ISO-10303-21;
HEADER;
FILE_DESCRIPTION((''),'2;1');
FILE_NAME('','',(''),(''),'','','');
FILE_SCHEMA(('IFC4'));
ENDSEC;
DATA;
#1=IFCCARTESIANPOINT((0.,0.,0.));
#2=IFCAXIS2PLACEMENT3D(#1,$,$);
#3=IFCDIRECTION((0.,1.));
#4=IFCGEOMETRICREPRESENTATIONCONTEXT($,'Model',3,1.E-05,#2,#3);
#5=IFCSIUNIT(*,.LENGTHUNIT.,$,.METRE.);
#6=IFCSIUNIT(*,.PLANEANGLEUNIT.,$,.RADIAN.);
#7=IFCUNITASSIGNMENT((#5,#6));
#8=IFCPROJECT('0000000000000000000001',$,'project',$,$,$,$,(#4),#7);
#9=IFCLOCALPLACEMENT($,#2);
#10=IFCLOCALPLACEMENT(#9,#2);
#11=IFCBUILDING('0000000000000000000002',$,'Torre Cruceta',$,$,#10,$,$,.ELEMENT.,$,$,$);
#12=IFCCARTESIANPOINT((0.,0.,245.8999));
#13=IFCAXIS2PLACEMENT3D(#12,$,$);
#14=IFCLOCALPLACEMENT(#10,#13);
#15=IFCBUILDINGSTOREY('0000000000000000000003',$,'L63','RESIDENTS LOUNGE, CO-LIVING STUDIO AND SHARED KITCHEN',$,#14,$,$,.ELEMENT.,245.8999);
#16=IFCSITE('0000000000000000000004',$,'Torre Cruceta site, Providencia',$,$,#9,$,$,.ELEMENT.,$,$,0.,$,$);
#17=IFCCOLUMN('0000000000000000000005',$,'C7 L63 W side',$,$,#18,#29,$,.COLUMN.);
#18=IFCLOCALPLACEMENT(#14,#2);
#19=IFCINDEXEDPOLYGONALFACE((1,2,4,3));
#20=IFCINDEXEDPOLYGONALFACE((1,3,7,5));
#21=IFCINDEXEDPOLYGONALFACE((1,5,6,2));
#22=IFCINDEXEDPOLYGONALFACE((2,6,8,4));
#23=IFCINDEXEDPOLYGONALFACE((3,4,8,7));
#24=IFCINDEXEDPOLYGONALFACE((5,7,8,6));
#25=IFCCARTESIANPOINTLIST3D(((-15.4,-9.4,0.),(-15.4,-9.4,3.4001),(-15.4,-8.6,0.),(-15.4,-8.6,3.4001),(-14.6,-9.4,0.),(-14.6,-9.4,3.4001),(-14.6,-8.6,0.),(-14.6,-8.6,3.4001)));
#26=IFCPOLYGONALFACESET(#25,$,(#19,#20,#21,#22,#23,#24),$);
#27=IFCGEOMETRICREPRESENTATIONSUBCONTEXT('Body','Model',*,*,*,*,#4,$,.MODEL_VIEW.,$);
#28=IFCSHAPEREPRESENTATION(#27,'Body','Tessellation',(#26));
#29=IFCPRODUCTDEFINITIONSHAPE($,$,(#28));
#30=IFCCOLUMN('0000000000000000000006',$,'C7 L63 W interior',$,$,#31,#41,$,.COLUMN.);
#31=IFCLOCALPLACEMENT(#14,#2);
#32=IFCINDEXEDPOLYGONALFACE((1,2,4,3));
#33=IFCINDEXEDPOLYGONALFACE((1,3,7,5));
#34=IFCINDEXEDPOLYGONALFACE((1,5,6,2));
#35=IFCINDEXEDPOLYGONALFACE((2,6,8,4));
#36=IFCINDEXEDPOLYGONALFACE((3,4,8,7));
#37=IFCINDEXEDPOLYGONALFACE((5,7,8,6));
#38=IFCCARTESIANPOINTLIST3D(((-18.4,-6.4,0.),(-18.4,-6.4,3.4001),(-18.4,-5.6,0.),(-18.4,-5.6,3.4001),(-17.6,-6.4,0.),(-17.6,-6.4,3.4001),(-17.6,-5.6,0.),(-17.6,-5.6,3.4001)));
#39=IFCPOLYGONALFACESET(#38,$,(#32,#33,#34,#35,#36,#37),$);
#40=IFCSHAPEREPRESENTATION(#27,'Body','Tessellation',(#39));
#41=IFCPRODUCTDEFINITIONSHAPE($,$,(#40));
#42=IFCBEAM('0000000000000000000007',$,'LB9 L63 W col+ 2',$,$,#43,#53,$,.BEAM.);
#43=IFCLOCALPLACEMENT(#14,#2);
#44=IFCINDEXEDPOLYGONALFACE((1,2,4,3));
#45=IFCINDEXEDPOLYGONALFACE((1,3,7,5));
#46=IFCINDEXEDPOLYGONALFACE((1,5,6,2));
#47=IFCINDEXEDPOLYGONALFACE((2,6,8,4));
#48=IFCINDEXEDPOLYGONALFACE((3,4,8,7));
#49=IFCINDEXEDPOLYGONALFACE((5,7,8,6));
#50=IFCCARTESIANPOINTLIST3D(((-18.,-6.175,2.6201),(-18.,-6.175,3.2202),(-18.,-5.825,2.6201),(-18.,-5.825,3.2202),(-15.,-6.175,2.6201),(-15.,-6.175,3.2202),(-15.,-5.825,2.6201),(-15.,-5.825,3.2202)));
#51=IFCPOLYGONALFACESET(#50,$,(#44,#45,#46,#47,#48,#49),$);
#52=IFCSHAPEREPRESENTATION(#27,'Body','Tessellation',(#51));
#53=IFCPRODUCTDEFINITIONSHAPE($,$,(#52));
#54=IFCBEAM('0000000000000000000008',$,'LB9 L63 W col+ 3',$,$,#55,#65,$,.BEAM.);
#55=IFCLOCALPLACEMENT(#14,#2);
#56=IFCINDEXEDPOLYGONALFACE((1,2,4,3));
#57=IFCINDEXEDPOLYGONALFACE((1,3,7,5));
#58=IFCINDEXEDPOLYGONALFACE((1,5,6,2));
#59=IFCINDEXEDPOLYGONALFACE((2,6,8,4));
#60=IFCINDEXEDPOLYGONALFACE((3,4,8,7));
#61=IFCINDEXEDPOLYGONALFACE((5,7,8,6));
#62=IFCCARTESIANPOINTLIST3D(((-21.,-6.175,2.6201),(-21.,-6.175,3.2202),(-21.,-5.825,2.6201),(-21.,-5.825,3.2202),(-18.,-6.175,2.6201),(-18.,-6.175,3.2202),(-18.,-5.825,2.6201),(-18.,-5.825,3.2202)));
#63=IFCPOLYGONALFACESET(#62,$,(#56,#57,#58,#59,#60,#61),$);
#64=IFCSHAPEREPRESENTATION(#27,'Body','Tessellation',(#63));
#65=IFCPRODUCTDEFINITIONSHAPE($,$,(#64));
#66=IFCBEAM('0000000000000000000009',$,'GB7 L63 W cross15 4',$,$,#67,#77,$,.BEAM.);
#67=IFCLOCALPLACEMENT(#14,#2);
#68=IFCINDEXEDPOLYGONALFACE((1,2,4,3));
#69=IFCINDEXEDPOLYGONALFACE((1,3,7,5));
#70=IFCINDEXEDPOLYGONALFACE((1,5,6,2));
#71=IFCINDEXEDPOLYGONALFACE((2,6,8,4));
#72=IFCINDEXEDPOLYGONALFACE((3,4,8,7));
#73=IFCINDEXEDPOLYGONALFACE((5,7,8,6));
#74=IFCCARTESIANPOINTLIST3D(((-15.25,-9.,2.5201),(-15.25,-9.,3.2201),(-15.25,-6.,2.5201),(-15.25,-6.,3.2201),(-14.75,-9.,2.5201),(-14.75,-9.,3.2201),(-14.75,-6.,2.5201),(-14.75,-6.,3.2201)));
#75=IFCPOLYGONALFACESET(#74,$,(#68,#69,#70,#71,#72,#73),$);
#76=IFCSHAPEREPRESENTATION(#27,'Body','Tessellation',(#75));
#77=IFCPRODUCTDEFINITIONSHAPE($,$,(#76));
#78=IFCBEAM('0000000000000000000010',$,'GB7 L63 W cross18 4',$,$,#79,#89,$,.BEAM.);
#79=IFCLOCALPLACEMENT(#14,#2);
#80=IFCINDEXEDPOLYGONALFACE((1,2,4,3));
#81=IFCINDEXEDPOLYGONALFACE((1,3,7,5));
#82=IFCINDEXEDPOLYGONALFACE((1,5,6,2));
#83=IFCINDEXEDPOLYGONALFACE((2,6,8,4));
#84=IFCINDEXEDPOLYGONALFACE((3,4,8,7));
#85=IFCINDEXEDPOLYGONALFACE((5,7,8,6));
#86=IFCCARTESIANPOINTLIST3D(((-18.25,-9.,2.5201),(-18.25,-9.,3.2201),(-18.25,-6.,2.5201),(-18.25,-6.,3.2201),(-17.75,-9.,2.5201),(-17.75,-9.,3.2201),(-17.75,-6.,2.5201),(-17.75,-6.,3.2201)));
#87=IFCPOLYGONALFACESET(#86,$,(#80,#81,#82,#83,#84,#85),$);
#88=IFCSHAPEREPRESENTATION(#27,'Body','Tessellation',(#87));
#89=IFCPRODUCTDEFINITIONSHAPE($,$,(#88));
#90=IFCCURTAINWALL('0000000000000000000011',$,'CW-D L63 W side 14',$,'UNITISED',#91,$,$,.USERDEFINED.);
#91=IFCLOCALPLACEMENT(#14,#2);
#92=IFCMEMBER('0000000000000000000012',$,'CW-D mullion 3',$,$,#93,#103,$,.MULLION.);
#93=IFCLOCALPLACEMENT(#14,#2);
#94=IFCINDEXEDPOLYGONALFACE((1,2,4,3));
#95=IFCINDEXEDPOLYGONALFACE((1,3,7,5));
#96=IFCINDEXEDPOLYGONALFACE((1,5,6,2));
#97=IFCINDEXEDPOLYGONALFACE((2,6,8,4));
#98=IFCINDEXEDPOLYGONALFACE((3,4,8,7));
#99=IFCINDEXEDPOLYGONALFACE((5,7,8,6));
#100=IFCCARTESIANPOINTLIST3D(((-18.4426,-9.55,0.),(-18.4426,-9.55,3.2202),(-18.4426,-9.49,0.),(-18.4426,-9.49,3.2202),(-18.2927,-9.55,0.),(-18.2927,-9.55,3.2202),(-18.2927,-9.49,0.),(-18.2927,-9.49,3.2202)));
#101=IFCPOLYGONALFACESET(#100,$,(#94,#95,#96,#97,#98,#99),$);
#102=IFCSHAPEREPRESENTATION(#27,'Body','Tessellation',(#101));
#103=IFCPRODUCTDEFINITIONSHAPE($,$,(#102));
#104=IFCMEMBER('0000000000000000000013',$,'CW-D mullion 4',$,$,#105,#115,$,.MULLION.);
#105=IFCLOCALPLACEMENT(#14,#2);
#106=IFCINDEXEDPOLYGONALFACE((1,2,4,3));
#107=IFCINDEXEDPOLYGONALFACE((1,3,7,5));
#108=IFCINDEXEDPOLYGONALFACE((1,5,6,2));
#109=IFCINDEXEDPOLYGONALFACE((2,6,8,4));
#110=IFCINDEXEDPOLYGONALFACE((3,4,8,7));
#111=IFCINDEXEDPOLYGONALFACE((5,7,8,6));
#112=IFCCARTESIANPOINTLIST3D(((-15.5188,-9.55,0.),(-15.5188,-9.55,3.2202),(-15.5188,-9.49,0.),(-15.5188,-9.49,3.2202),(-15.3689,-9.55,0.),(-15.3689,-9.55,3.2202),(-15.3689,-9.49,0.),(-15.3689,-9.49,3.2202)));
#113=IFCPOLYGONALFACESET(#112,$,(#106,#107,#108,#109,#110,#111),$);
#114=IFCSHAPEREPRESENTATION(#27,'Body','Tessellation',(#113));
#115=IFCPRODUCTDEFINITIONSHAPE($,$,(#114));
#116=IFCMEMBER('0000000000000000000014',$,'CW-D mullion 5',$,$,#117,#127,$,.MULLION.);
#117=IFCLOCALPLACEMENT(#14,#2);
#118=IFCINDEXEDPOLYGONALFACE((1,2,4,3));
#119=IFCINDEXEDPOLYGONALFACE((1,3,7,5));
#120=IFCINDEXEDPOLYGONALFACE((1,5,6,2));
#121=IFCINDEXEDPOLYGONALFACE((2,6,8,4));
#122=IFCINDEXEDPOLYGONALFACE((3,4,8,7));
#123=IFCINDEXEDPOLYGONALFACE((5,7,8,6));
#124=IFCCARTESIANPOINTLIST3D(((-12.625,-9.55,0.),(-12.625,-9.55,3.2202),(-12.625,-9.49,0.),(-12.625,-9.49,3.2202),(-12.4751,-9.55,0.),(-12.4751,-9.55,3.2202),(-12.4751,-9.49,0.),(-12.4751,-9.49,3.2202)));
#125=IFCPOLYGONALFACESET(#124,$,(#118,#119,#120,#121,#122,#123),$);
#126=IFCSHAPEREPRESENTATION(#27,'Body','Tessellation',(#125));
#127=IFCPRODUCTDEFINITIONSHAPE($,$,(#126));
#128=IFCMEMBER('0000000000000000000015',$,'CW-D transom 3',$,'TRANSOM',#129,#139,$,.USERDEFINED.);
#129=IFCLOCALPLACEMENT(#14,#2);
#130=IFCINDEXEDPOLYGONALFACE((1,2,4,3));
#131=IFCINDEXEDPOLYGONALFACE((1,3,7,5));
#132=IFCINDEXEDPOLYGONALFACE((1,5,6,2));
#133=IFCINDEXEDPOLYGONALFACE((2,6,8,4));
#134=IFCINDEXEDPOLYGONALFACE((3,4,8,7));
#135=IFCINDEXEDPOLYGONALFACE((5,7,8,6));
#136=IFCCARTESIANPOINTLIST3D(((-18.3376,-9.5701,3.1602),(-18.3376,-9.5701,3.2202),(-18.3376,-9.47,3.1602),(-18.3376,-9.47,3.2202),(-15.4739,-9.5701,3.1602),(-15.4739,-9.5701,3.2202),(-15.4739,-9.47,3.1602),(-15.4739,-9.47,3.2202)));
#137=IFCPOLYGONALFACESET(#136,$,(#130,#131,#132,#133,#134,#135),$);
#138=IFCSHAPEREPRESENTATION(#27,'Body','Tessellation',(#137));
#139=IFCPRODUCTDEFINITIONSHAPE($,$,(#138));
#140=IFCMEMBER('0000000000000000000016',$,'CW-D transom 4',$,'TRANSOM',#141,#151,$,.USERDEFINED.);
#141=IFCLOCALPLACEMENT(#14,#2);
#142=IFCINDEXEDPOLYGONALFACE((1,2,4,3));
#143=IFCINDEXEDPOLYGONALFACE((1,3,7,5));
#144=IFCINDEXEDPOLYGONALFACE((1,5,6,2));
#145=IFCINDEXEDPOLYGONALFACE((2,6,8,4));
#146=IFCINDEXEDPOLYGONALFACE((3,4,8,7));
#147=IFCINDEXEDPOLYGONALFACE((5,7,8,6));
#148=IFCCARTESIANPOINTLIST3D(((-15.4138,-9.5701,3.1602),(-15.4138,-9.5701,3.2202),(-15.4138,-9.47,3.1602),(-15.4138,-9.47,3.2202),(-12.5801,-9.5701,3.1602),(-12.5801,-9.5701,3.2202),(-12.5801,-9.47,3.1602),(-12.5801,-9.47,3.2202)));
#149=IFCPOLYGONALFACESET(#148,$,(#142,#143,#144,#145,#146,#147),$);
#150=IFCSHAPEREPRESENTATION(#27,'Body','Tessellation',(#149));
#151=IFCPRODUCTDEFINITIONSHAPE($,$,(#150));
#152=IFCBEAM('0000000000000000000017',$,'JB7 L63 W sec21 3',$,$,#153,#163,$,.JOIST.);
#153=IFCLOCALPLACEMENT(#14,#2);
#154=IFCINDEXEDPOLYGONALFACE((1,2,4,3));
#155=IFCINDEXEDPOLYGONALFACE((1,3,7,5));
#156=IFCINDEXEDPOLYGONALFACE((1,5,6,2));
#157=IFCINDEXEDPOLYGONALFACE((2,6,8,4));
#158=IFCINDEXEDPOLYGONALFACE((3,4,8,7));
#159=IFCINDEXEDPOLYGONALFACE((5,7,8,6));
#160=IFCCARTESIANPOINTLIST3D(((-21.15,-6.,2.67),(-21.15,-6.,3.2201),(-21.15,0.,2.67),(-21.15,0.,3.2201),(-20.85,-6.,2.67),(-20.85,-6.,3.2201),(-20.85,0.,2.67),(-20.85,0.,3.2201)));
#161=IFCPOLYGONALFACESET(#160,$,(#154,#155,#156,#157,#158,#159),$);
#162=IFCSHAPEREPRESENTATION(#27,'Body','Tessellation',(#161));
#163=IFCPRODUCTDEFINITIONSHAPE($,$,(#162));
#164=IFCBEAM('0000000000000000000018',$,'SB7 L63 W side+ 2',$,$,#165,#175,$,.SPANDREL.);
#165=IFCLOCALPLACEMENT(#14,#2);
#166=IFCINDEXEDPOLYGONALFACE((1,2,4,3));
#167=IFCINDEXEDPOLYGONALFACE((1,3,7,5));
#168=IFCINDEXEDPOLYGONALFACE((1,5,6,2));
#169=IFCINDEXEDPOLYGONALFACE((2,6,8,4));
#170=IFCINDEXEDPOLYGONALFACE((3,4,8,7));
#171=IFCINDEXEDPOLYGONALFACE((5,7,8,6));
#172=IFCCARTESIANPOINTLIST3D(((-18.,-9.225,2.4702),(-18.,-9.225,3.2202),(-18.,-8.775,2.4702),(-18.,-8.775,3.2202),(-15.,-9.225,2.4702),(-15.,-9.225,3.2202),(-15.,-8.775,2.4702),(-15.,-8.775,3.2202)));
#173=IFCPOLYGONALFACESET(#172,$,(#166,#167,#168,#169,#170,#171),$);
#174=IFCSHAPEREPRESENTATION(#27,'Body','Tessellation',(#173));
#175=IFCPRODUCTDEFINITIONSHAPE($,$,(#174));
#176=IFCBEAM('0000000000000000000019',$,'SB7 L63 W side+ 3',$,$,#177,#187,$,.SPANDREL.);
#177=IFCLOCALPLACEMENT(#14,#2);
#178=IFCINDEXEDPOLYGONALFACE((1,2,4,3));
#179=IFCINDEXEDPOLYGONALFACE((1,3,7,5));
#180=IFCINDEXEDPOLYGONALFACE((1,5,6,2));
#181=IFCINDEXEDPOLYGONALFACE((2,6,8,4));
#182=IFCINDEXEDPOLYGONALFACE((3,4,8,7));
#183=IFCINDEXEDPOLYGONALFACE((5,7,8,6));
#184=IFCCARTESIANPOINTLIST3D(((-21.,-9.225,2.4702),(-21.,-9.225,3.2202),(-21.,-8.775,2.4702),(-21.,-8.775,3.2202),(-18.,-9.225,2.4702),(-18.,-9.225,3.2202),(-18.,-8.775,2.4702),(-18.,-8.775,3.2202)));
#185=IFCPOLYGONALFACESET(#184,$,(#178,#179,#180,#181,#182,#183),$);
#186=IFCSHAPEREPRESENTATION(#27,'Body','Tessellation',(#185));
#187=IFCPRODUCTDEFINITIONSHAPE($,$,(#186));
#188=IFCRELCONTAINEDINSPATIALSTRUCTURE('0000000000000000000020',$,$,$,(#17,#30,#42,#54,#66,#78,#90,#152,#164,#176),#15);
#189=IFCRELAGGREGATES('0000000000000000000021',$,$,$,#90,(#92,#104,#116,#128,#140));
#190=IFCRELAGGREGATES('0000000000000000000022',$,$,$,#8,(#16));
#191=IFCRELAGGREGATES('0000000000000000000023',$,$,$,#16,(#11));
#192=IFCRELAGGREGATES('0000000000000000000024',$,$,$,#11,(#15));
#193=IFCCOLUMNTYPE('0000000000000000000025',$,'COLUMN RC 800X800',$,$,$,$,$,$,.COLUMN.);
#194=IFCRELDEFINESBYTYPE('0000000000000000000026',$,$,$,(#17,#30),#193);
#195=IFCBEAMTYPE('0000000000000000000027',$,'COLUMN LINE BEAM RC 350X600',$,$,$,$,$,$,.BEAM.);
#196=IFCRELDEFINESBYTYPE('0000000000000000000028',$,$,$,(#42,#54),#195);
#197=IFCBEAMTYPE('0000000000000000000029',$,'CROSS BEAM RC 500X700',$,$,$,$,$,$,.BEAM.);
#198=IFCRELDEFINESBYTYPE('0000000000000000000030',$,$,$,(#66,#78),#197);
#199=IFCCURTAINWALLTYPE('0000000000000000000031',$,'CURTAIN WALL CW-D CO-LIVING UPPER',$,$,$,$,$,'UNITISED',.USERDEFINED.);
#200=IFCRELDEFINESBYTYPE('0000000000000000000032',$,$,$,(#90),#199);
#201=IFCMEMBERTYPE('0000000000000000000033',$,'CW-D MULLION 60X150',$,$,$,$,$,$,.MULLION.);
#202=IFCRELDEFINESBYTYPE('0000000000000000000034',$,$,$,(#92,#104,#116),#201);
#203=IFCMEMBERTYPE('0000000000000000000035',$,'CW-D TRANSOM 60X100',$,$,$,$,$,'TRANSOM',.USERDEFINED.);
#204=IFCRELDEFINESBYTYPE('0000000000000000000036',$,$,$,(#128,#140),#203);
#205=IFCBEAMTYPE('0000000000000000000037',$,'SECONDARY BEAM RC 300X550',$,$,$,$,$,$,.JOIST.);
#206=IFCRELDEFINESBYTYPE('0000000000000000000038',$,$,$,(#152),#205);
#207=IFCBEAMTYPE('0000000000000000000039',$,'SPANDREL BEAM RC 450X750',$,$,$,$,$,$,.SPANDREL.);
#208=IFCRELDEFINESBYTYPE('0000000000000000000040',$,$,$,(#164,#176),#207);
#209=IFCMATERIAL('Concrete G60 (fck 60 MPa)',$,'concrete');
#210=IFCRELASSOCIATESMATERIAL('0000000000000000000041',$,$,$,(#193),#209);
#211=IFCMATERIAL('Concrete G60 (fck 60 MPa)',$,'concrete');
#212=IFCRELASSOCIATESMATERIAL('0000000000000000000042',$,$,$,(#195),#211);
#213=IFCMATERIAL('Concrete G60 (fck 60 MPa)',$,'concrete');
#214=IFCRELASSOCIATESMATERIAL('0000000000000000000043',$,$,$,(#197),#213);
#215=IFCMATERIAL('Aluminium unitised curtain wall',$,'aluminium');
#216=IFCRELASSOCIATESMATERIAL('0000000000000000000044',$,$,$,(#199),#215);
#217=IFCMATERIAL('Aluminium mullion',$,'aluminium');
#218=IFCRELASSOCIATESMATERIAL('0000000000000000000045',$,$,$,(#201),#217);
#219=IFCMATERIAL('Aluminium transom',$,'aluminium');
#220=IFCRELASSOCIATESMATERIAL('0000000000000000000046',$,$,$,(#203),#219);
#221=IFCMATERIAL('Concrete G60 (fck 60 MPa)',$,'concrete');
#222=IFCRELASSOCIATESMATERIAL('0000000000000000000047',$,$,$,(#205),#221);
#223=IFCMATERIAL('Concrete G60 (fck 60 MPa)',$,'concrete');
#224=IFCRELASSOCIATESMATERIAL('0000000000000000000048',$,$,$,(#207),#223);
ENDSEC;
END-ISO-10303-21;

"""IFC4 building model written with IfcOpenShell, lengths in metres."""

from ifc_helpers import new_model, si_unit, direction, frame, origin, origin_2d, place, context, subcontext, project, spatial, rectangle, extrude, material, material_profile, profile_set, type_object, element, aggregate, save


model = new_model("IFC4")

# Units and contexts
model_context = context("Model", 3, precision=1e-05, world=origin(), true_north=direction((0.0, 1.0)))
body_context = subcontext(model_context, "Body", "Model", "MODEL_VIEW")
ifc_project = project(units=[si_unit("LENGTHUNIT", "METRE"), si_unit("PLANEANGLEUNIT", "RADIAN")], contexts=[model_context])

# Site, building, storey
site_placement = place(None, origin())
site = spatial("IfcSite", under=ifc_project, at=site_placement, Name="Torre Cruceta site, Providencia", CompositionType="ELEMENT", RefElevation=0.0)
building_placement = place(site_placement, origin())
building = spatial("IfcBuilding", under=site, at=building_placement, Name="Torre Cruceta", CompositionType="ELEMENT")
storey_placement = place(building_placement, frame((0.0, 0.0, 245.8999)))
storey = spatial("IfcBuildingStorey", under=building, at=storey_placement, Name="L63", Description="RESIDENTS LOUNGE, CO-LIVING STUDIO AND SHARED KITCHEN", CompositionType="ELEMENT", Elevation=245.8999)

# Columns
ifc_material_1 = material(Name="Concrete G60 (fck 60 MPa)", Category="concrete")
ifc_material_profile_1 = material_profile(ifc_material_1, rectangle(XDim=0.8, YDim=0.8, at=origin_2d()), Name="RC 800X800")
ifc_profile_set_1 = profile_set([ifc_material_profile_1], Name="Concrete G60 (fck 60 MPa)")
column_type = type_object("IfcColumnType", Name="COLUMN RC 800X800", PredefinedType="COLUMN", material=ifc_profile_set_1)
for number, where, z_axis, x_axis, name in (
    (1, (-15.0, -9.0, 0.0), (0.0, 0.0, 1.0), (1.0, 0.0, 0.0), "C7 L63 W side"),
    (2, (-18.0, -6.0, 0.0), (0.0, 0.0, 1.0), (1.0, 0.0, 0.0), "C7 L63 W interior"),
):
    element("IfcColumn", number, at=place(storey_placement, frame(where, z_axis=z_axis, x_axis=x_axis)), inside=storey, type_object=column_type, Name=name, PredefinedType="COLUMN", context=body_context, shape_type="SweptSolid", body=[
        extrude(rectangle(XDim=0.8, YDim=0.8, at=origin_2d()), origin(), (0.0, 0.0, 1.0), 3.4001),
    ])

# Beams
ifc_material_2 = material(Name="Concrete G60 (fck 60 MPa)", Category="concrete")
ifc_material_profile_2 = material_profile(ifc_material_2, rectangle(XDim=0.3501, YDim=0.6001, at=origin_2d()), Name="RC 350X600")
ifc_profile_set_2 = profile_set([ifc_material_profile_2], Name="Concrete G60 (fck 60 MPa)")
beam_type_1 = type_object("IfcBeamType", Name="COLUMN LINE BEAM RC 350X600", PredefinedType="BEAM", material=ifc_profile_set_2)
for number, where, z_axis, x_axis, name in (
    (3, (-15.0, -6.0, 2.9202), (-1.0, 0.0, 0.0), (0.0, -1.0, 0.0), "LB9 L63 W col+ 2"),
    (4, (-18.0, -6.0, 2.9202), (-1.0, 0.0, 0.0), (0.0, -1.0, 0.0), "LB9 L63 W col+ 3"),
):
    element("IfcBeam", number, at=place(storey_placement, frame(where, z_axis=z_axis, x_axis=x_axis)), inside=storey, type_object=beam_type_1, Name=name, PredefinedType="BEAM", context=body_context, shape_type="SweptSolid", body=[
        extrude(rectangle(XDim=0.3501, YDim=0.6001, at=origin_2d()), origin(), (0.0, 0.0, 1.0), 3.0),
    ])
ifc_material_3 = material(Name="Concrete G60 (fck 60 MPa)", Category="concrete")
ifc_material_profile_3 = material_profile(ifc_material_3, rectangle(XDim=0.5, YDim=0.7, at=origin_2d()), Name="RC 500X700")
ifc_profile_set_3 = profile_set([ifc_material_profile_3], Name="Concrete G60 (fck 60 MPa)")
beam_type_2 = type_object("IfcBeamType", Name="CROSS BEAM RC 500X700", PredefinedType="BEAM", material=ifc_profile_set_3)
for number, where, z_axis, x_axis, name in (
    (5, (-15.0, -6.0, 2.8701), (0.0, -1.0, 0.0), (1.0, 0.0, 0.0), "GB7 L63 W cross15 4"),
    (6, (-18.0, -6.0, 2.8701), (0.0, -1.0, 0.0), (1.0, 0.0, 0.0), "GB7 L63 W cross18 4"),
):
    element("IfcBeam", number, at=place(storey_placement, frame(where, z_axis=z_axis, x_axis=x_axis)), inside=storey, type_object=beam_type_2, Name=name, PredefinedType="BEAM", context=body_context, shape_type="SweptSolid", body=[
        extrude(rectangle(XDim=0.5, YDim=0.7, at=origin_2d()), origin(), (0.0, 0.0, 1.0), 3.0),
    ])

# Curtain wall, members
ifc_material_4 = material(Name="Aluminium unitised curtain wall", Category="aluminium")
curtain_wall_type = type_object("IfcCurtainWallType", Name="CURTAIN WALL CW-D CO-LIVING UPPER", ElementType="UNITISED", PredefinedType="USERDEFINED", material=ifc_material_4)
curtain_wall_placement = place(storey_placement, origin())
curtain_wall = element("IfcCurtainWall", 7, at=curtain_wall_placement, inside=storey, type_object=curtain_wall_type, Name="CW-D L63 W side 14", ObjectType="UNITISED", PredefinedType="USERDEFINED")
ifc_material_5 = material(Name="Aluminium mullion", Category="aluminium")
ifc_material_profile_4 = material_profile(ifc_material_5, rectangle(XDim=0.0601, YDim=0.1499, at=origin_2d()), Name="AL 60X150")
ifc_profile_set_4 = profile_set([ifc_material_profile_4], Name="Aluminium mullion")
member_type_1 = type_object("IfcMemberType", Name="CW-D MULLION 60X150", PredefinedType="MULLION", material=ifc_profile_set_4)
member_1_placement = place(storey_placement, frame((-18.3677, -9.52, 0.0), z_axis=(0.0, 0.0, 1.0), x_axis=(0.0, 1.0, 0.0)))
member_1 = element("IfcMember", 8, at=member_1_placement, type_object=member_type_1, Name="CW-D mullion 3", PredefinedType="MULLION", context=body_context, shape_type="SweptSolid", body=[
    extrude(rectangle(XDim=0.0601, YDim=0.1499, at=origin_2d()), origin(), (0.0, 0.0, 1.0), 3.2202),
])
member_2_placement = place(storey_placement, frame((-15.4438, -9.52, 0.0), z_axis=(0.0, 0.0, 1.0), x_axis=(0.0, 1.0, 0.0)))
member_2 = element("IfcMember", 9, at=member_2_placement, type_object=member_type_1, Name="CW-D mullion 4", PredefinedType="MULLION", context=body_context, shape_type="SweptSolid", body=[
    extrude(rectangle(XDim=0.0601, YDim=0.1499, at=origin_2d()), origin(), (0.0, 0.0, 1.0), 3.2202),
])
member_3_placement = place(storey_placement, frame((-12.55, -9.52, 0.0), z_axis=(0.0, 0.0, 1.0), x_axis=(0.0, 1.0, 0.0)))
member_3 = element("IfcMember", 10, at=member_3_placement, type_object=member_type_1, Name="CW-D mullion 5", PredefinedType="MULLION", context=body_context, shape_type="SweptSolid", body=[
    extrude(rectangle(XDim=0.0601, YDim=0.1499, at=origin_2d()), origin(), (0.0, 0.0, 1.0), 3.2202),
])
ifc_material_6 = material(Name="Aluminium transom", Category="aluminium")
ifc_material_profile_5 = material_profile(ifc_material_6, rectangle(XDim=0.1001, YDim=0.0601, at=origin_2d()), Name="AL 100X60")
ifc_profile_set_5 = profile_set([ifc_material_profile_5], Name="Aluminium transom")
member_type_2 = type_object("IfcMemberType", Name="CW-D TRANSOM 60X100", ElementType="TRANSOM", PredefinedType="USERDEFINED", material=ifc_profile_set_5)
member_4_placement = place(storey_placement, frame((-18.3376, -9.52, 3.1902), z_axis=(1.0, 0.0, 0.0), x_axis=(0.0, 1.0, 0.0)))
member_4 = element("IfcMember", 11, at=member_4_placement, type_object=member_type_2, Name="CW-D transom 3", ObjectType="TRANSOM", PredefinedType="USERDEFINED", context=body_context, shape_type="SweptSolid", body=[
    extrude(rectangle(XDim=0.1001, YDim=0.0601, at=origin_2d()), origin(), (0.0, 0.0, 1.0), 2.8638),
])
member_5_placement = place(storey_placement, frame((-15.4138, -9.52, 3.1902), z_axis=(1.0, 0.0, 0.0), x_axis=(0.0, 1.0, 0.0)))
member_5 = element("IfcMember", 12, at=member_5_placement, type_object=member_type_2, Name="CW-D transom 4", ObjectType="TRANSOM", PredefinedType="USERDEFINED", context=body_context, shape_type="SweptSolid", body=[
    extrude(rectangle(XDim=0.1001, YDim=0.0601, at=origin_2d()), origin(), (0.0, 0.0, 1.0), 2.8337),
])

# Beams
ifc_material_7 = material(Name="Concrete G60 (fck 60 MPa)", Category="concrete")
ifc_material_profile_6 = material_profile(ifc_material_7, rectangle(XDim=0.3, YDim=0.55, at=origin_2d()), Name="RC 300X550")
ifc_profile_set_6 = profile_set([ifc_material_profile_6], Name="Concrete G60 (fck 60 MPa)")
beam_type_3 = type_object("IfcBeamType", Name="SECONDARY BEAM RC 300X550", PredefinedType="JOIST", material=ifc_profile_set_6)
beam_placement = place(storey_placement, frame((-21.0, 0.0, 2.9451), z_axis=(0.0, -1.0, 0.0), x_axis=(1.0, 0.0, 0.0)))
element("IfcBeam", 13, at=beam_placement, inside=storey, type_object=beam_type_3, Name="JB7 L63 W sec21 3", PredefinedType="JOIST", context=body_context, shape_type="SweptSolid", body=[
    extrude(rectangle(XDim=0.3, YDim=0.55, at=origin_2d()), origin(), (0.0, 0.0, 1.0), 6.0),
])
ifc_material_8 = material(Name="Concrete G60 (fck 60 MPa)", Category="concrete")
ifc_material_profile_7 = material_profile(ifc_material_8, rectangle(XDim=0.45, YDim=0.75, at=origin_2d()), Name="RC 450X750")
ifc_profile_set_7 = profile_set([ifc_material_profile_7], Name="Concrete G60 (fck 60 MPa)")
beam_type_4 = type_object("IfcBeamType", Name="SPANDREL BEAM RC 450X750", PredefinedType="SPANDREL", material=ifc_profile_set_7)
for number, where, z_axis, x_axis, name in (
    (14, (-15.0, -9.0, 2.8452), (-1.0, 0.0, 0.0), (0.0, -1.0, 0.0), "SB7 L63 W side+ 2"),
    (15, (-18.0, -9.0, 2.8452), (-1.0, 0.0, 0.0), (0.0, -1.0, 0.0), "SB7 L63 W side+ 3"),
):
    element("IfcBeam", number, at=place(storey_placement, frame(where, z_axis=z_axis, x_axis=x_axis)), inside=storey, type_object=beam_type_4, Name=name, PredefinedType="SPANDREL", context=body_context, shape_type="SweptSolid", body=[
        extrude(rectangle(XDim=0.45, YDim=0.75, at=origin_2d()), origin(), (0.0, 0.0, 1.0), 3.0),
    ])

aggregate(curtain_wall, [member_1, member_2, member_3, member_4, member_5])

save(model, "model.ifc")
